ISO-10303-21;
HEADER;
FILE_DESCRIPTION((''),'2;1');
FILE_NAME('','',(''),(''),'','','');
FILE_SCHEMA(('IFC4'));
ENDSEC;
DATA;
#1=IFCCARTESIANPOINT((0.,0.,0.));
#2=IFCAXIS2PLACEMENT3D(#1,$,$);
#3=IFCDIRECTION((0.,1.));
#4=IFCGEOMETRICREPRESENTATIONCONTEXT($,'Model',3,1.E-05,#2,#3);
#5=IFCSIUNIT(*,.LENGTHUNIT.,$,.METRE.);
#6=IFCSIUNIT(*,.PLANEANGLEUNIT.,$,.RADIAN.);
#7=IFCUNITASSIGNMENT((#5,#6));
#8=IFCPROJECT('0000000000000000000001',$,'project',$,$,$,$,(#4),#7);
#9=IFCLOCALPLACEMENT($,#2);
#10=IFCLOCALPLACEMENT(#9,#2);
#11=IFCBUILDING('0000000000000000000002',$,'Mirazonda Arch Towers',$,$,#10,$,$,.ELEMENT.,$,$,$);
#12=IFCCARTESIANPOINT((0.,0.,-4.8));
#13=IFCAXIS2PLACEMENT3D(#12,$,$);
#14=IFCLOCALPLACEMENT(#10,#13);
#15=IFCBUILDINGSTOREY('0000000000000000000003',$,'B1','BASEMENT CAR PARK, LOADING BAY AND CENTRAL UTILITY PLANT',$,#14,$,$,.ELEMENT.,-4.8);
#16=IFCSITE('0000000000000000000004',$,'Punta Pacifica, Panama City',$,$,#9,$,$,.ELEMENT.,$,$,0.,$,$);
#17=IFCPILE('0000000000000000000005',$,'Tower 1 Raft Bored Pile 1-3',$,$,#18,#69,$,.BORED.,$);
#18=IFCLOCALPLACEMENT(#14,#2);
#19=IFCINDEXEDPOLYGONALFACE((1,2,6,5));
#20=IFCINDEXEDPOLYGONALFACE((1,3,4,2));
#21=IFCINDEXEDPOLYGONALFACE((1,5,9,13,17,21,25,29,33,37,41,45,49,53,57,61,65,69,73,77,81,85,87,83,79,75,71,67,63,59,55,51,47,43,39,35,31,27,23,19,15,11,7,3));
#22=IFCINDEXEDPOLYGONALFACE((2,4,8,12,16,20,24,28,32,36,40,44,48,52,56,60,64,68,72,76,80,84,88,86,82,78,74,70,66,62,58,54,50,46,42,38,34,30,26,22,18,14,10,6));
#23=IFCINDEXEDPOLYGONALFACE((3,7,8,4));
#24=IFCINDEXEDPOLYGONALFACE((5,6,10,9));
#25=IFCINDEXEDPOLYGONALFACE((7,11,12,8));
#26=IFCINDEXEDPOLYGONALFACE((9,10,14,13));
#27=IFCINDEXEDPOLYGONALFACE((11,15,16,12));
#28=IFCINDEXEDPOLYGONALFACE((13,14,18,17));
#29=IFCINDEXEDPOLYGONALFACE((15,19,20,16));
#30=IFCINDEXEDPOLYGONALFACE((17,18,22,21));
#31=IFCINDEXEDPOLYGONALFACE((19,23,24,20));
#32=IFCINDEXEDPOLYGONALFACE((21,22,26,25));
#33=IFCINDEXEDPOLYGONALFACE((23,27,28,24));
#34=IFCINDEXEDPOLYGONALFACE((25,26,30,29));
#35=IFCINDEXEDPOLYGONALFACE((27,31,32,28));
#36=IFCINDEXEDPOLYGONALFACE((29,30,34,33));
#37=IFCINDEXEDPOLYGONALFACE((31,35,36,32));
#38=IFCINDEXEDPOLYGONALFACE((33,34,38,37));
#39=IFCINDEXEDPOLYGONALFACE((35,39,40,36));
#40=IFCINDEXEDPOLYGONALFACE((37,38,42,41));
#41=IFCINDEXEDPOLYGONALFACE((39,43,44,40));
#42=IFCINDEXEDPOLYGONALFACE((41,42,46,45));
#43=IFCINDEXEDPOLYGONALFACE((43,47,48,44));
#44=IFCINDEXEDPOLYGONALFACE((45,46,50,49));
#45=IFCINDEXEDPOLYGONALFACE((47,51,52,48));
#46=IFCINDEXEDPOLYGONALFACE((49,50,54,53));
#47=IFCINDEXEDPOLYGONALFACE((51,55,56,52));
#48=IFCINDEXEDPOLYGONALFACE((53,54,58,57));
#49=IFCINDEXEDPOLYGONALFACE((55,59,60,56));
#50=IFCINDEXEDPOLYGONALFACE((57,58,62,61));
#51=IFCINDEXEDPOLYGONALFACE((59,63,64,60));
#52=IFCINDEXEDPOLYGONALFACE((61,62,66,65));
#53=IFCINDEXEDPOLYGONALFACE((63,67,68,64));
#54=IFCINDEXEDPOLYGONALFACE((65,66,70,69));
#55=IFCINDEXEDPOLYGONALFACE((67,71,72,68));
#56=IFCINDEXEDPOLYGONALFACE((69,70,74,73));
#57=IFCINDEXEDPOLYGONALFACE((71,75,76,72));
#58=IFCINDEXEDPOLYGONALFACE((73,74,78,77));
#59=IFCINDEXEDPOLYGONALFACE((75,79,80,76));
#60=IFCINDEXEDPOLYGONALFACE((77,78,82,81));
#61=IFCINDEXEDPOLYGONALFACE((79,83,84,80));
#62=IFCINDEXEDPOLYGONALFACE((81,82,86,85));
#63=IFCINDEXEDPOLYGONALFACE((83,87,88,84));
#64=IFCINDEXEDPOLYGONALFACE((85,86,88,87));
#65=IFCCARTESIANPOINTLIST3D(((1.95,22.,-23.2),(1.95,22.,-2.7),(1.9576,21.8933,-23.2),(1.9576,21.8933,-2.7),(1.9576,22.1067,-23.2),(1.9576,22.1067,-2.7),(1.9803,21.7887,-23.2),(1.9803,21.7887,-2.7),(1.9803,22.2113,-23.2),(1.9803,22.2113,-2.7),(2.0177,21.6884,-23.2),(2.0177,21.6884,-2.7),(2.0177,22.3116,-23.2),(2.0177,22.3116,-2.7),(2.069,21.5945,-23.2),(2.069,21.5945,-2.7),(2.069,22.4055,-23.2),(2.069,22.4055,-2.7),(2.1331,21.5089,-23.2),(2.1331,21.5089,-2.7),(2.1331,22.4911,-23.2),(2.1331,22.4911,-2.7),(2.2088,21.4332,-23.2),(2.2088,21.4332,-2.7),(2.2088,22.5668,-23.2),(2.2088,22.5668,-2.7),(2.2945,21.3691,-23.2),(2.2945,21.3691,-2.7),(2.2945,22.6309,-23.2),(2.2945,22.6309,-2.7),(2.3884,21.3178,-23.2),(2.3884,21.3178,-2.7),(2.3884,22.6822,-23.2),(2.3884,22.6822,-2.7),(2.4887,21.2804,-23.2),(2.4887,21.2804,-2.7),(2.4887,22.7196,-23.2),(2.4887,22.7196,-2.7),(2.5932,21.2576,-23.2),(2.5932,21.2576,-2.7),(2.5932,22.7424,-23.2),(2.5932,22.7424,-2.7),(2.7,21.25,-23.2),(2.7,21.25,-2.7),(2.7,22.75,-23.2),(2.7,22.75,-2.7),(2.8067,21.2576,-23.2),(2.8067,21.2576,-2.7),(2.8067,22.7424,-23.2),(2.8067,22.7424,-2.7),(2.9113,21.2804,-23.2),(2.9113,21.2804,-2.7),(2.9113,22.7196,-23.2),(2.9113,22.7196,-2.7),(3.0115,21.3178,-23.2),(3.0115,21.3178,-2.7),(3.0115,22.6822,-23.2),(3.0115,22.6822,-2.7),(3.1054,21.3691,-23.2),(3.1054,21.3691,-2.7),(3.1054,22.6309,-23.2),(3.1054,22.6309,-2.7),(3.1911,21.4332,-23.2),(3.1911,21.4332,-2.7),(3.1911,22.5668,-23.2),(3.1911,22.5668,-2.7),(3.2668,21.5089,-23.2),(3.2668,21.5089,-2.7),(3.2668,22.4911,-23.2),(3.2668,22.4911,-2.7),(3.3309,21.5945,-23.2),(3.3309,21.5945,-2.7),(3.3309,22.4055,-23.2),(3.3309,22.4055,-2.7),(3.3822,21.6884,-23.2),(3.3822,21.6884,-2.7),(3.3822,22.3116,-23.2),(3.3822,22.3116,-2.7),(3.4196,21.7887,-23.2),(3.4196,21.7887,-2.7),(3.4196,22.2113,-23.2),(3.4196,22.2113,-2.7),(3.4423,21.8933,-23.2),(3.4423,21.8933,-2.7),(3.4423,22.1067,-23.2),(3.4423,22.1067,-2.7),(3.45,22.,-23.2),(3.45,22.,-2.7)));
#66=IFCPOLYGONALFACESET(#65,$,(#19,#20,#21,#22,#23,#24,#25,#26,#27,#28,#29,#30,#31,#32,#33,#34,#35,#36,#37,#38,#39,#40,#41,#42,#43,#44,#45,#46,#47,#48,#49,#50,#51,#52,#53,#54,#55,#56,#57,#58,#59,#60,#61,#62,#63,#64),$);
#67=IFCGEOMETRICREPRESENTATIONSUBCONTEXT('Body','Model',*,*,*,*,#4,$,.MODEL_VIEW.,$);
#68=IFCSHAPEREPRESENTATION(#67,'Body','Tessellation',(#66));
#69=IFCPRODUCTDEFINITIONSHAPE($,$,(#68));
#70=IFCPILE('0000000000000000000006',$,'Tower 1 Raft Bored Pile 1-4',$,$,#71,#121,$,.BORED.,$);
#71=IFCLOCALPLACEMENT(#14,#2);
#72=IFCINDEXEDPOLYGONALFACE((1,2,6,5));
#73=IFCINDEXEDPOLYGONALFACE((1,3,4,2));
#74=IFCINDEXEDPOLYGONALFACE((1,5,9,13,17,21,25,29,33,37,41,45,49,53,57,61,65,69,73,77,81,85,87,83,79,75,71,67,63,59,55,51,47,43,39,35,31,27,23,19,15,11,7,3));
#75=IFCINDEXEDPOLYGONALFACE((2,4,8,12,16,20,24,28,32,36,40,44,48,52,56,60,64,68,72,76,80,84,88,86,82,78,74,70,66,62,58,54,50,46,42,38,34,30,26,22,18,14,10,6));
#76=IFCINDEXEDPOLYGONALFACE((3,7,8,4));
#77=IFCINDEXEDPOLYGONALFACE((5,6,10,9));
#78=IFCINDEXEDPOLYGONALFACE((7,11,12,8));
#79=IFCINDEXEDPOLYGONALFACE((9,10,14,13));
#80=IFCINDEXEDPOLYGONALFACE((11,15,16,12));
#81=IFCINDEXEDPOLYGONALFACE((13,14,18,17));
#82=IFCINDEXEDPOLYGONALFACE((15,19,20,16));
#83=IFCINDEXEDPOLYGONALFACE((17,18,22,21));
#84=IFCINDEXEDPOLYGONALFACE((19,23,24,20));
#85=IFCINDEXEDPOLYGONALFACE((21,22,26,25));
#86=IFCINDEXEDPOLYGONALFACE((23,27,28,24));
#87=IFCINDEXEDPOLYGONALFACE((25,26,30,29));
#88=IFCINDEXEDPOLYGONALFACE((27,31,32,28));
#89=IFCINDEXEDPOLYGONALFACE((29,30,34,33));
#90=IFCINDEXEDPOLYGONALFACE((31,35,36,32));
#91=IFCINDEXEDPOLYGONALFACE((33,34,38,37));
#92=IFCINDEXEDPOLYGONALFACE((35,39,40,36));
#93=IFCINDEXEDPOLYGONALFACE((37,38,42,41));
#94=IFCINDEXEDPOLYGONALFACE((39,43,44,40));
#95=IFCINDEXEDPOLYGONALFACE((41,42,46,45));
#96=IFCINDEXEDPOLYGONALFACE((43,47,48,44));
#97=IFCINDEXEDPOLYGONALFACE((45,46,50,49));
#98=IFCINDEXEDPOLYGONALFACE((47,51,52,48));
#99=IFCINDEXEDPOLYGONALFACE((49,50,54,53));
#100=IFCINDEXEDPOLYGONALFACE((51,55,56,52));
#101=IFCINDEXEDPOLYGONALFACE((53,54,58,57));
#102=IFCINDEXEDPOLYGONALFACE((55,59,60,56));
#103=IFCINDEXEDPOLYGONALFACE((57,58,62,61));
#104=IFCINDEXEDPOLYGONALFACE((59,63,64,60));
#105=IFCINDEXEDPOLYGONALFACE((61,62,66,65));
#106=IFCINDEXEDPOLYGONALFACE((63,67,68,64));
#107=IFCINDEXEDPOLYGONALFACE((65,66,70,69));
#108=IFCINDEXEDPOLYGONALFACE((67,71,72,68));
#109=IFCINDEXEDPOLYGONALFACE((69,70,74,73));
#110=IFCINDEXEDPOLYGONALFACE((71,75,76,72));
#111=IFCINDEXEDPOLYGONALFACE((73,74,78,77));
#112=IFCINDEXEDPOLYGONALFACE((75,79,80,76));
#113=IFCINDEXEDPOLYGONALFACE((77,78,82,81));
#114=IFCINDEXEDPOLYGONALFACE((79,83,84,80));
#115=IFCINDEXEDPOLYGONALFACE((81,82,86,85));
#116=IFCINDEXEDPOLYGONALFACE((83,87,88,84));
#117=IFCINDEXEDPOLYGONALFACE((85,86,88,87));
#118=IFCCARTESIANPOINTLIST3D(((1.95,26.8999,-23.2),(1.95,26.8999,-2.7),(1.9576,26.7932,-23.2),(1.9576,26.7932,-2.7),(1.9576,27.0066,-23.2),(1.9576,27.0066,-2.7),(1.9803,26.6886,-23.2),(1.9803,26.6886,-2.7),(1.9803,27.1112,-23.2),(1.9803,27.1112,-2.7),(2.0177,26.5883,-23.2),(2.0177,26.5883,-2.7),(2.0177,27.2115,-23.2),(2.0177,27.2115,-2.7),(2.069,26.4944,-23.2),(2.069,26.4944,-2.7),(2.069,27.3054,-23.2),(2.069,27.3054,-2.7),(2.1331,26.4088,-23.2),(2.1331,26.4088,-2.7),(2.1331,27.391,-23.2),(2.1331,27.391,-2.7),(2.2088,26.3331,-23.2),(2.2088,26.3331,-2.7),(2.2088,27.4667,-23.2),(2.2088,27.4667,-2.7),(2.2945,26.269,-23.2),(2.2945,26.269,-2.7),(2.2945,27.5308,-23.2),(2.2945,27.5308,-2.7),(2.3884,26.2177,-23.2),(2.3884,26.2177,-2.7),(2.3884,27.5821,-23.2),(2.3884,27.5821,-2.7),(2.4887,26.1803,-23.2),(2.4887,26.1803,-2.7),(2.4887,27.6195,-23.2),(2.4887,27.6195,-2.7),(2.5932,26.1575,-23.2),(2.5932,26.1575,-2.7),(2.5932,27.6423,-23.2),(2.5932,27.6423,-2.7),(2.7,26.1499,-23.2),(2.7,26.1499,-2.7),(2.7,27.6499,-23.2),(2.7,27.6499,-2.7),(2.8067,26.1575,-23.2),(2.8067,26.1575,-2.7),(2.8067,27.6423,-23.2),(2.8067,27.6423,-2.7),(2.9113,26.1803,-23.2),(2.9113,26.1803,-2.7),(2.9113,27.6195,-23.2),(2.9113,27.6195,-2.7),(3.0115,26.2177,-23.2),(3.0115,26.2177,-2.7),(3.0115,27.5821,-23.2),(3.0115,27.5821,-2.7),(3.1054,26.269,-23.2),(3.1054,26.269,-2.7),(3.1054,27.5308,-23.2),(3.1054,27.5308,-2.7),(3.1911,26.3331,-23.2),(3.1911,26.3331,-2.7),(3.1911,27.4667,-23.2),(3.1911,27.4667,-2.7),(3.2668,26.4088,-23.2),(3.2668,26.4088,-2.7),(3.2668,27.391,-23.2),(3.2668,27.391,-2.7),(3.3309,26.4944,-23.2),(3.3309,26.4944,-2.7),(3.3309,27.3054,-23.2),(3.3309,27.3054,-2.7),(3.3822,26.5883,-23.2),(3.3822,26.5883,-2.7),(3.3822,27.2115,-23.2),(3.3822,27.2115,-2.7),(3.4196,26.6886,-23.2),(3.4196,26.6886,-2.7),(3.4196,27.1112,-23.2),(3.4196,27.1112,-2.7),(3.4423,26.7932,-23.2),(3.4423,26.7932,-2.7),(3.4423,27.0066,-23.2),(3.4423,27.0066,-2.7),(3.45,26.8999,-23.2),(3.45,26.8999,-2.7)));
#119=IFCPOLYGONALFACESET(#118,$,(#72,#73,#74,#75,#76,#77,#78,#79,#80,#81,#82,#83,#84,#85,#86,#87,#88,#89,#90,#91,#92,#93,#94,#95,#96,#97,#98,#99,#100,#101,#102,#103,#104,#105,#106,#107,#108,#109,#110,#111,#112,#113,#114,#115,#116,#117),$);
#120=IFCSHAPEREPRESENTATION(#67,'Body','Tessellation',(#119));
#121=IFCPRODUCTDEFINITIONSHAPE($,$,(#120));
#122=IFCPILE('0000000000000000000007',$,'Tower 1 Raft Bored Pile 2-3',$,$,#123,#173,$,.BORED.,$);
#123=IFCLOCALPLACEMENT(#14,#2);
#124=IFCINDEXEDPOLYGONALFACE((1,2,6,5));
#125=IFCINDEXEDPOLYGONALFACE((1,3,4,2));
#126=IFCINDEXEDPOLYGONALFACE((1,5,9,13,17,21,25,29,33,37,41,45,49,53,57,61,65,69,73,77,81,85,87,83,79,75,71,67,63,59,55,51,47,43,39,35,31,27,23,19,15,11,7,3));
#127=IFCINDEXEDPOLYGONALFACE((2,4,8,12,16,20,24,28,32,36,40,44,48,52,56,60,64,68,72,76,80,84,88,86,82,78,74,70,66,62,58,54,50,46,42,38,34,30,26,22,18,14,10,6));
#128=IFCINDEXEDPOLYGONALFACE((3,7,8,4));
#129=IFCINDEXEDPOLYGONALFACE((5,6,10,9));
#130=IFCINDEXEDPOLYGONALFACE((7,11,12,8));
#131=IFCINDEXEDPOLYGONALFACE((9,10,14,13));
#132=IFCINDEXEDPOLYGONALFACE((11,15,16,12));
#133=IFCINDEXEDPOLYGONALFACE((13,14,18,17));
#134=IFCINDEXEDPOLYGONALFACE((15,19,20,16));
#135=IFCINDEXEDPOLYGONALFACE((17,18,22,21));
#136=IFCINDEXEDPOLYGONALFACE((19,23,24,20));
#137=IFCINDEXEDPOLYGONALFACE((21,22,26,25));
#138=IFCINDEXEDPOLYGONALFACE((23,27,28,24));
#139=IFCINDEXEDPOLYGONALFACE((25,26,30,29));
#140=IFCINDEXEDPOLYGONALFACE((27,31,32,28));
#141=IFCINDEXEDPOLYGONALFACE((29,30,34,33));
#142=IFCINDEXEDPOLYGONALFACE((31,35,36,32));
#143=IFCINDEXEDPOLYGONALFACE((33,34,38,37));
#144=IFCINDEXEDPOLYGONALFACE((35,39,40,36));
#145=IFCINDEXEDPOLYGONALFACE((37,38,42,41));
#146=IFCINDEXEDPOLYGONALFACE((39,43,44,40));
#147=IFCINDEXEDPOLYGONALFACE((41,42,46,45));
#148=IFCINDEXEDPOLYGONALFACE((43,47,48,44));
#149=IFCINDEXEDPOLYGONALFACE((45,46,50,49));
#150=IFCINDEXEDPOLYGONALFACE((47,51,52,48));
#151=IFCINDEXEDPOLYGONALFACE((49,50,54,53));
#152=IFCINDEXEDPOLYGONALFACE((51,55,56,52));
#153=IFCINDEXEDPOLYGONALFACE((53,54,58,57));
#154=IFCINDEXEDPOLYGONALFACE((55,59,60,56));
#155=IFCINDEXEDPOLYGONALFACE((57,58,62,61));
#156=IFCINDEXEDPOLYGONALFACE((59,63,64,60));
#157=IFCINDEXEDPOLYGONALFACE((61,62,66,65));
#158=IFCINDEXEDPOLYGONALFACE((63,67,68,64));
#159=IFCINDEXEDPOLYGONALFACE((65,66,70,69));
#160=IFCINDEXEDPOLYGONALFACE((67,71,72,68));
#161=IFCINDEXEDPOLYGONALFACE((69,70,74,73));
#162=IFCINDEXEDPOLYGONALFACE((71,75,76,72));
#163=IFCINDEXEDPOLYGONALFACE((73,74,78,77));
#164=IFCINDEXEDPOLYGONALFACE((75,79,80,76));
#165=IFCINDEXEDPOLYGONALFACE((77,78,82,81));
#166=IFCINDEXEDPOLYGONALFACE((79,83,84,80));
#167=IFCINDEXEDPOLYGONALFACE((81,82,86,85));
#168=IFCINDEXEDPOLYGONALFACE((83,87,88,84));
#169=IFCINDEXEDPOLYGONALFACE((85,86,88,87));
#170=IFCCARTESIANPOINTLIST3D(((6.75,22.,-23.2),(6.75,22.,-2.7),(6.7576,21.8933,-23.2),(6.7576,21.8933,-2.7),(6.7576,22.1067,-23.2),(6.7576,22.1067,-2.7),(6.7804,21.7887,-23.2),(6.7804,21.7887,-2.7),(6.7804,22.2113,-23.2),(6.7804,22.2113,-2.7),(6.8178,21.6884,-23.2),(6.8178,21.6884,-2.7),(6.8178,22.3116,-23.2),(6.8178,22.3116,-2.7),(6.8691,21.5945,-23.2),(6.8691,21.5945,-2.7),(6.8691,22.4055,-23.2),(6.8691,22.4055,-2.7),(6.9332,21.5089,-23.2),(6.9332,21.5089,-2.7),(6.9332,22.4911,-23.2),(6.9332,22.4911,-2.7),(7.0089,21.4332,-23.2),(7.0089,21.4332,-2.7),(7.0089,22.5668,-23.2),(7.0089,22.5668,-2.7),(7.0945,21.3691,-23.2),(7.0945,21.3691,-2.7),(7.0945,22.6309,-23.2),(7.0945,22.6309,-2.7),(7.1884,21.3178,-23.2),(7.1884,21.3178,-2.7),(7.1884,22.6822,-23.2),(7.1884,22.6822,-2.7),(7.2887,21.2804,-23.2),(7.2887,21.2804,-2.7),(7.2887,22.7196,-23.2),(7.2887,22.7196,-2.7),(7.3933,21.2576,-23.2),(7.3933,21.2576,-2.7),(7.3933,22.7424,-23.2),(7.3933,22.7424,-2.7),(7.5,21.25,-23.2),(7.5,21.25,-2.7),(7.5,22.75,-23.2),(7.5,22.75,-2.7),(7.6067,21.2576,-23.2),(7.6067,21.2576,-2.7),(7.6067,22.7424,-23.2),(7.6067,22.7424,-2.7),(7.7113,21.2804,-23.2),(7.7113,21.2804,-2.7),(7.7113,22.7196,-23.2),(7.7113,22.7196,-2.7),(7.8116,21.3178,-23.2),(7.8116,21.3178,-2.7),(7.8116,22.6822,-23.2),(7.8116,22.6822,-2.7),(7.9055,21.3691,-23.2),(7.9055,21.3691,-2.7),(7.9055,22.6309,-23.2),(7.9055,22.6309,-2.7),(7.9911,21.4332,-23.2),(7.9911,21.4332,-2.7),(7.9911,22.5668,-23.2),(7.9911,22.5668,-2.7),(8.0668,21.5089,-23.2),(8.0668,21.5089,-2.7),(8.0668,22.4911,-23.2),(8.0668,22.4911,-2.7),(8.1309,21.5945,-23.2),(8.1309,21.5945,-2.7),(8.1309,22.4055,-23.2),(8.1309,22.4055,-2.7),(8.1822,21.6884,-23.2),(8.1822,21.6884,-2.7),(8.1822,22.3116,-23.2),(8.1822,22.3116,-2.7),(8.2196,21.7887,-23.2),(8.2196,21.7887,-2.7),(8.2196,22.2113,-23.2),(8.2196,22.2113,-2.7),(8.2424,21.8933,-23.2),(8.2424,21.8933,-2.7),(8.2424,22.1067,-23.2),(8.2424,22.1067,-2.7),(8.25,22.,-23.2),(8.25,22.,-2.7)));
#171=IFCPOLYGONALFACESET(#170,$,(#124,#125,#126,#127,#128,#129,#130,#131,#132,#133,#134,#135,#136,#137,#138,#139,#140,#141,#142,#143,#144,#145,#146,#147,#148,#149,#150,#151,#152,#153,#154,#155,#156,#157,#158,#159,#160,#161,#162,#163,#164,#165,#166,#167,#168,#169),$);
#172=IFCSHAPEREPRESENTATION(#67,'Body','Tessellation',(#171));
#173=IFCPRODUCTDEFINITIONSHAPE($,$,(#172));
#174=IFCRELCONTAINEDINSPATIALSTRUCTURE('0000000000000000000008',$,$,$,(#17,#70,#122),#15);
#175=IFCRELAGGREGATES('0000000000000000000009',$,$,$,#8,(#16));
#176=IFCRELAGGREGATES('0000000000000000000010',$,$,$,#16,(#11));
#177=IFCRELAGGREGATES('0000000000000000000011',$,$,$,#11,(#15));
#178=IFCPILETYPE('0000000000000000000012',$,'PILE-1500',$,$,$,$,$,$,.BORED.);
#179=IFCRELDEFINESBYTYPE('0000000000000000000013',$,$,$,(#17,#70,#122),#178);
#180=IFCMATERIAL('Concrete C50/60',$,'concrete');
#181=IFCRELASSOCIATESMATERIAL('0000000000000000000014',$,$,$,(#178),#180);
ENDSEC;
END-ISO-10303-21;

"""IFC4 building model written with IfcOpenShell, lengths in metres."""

from ifc_helpers import new_model, si_unit, direction, frame, origin, origin_2d, place, context, subcontext, project, spatial, circle, extrude, material, material_profile, profile_set, type_object, element, save


model = new_model("IFC4")

# Units and contexts
model_context = context("Model", 3, precision=1e-05, world=origin(), true_north=direction((0.0, 1.0)))
body_context = subcontext(model_context, "Body", "Model", "MODEL_VIEW")
ifc_project = project(units=[si_unit("LENGTHUNIT", "METRE"), si_unit("PLANEANGLEUNIT", "RADIAN")], contexts=[model_context])

# Site, building, storey
site_placement = place(None, origin())
site = spatial("IfcSite", under=ifc_project, at=site_placement, Name="Punta Pacifica, Panama City", CompositionType="ELEMENT", RefElevation=0.0)
building_placement = place(site_placement, origin())
building = spatial("IfcBuilding", under=site, at=building_placement, Name="Mirazonda Arch Towers", CompositionType="ELEMENT")
storey_placement = place(building_placement, frame((0.0, 0.0, -4.8)))
storey = spatial("IfcBuildingStorey", under=building, at=storey_placement, Name="B1", Description="BASEMENT CAR PARK, LOADING BAY AND CENTRAL UTILITY PLANT", CompositionType="ELEMENT", Elevation=-4.8)

# Piles
ifc_material_1 = material(Name="Concrete C50/60", Category="concrete")
ifc_material_profile_1 = material_profile(ifc_material_1, circle(Radius=0.75, at=origin_2d()), Name="BORED-D1500")
ifc_profile_set_1 = profile_set([ifc_material_profile_1], Name="Concrete C50/60")
pile_type = type_object("IfcPileType", Name="PILE-1500", PredefinedType="BORED", material=ifc_profile_set_1)
for number, where, z_axis, x_axis, name in (
    (1, (2.7, 22.0, -2.7), (0.0, 0.0, -1.0), (1.0, 0.0, 0.0), "Tower 1 Raft Bored Pile 1-3"),
    (2, (2.7, 26.8999, -2.7), (0.0, 0.0, -1.0), (1.0, 0.0, 0.0), "Tower 1 Raft Bored Pile 1-4"),
    (3, (7.5, 22.0, -2.7), (0.0, 0.0, -1.0), (1.0, 0.0, 0.0), "Tower 1 Raft Bored Pile 2-3"),
):
    element("IfcPile", number, at=place(storey_placement, frame(where, z_axis=z_axis, x_axis=x_axis)), inside=storey, type_object=pile_type, Name=name, PredefinedType="BORED", context=body_context, shape_type="SweptSolid", body=[
        extrude(circle(Radius=0.75, at=origin_2d()), origin(), (0.0, 0.0, 1.0), 20.5),
    ])

save(model, "model.ifc")
